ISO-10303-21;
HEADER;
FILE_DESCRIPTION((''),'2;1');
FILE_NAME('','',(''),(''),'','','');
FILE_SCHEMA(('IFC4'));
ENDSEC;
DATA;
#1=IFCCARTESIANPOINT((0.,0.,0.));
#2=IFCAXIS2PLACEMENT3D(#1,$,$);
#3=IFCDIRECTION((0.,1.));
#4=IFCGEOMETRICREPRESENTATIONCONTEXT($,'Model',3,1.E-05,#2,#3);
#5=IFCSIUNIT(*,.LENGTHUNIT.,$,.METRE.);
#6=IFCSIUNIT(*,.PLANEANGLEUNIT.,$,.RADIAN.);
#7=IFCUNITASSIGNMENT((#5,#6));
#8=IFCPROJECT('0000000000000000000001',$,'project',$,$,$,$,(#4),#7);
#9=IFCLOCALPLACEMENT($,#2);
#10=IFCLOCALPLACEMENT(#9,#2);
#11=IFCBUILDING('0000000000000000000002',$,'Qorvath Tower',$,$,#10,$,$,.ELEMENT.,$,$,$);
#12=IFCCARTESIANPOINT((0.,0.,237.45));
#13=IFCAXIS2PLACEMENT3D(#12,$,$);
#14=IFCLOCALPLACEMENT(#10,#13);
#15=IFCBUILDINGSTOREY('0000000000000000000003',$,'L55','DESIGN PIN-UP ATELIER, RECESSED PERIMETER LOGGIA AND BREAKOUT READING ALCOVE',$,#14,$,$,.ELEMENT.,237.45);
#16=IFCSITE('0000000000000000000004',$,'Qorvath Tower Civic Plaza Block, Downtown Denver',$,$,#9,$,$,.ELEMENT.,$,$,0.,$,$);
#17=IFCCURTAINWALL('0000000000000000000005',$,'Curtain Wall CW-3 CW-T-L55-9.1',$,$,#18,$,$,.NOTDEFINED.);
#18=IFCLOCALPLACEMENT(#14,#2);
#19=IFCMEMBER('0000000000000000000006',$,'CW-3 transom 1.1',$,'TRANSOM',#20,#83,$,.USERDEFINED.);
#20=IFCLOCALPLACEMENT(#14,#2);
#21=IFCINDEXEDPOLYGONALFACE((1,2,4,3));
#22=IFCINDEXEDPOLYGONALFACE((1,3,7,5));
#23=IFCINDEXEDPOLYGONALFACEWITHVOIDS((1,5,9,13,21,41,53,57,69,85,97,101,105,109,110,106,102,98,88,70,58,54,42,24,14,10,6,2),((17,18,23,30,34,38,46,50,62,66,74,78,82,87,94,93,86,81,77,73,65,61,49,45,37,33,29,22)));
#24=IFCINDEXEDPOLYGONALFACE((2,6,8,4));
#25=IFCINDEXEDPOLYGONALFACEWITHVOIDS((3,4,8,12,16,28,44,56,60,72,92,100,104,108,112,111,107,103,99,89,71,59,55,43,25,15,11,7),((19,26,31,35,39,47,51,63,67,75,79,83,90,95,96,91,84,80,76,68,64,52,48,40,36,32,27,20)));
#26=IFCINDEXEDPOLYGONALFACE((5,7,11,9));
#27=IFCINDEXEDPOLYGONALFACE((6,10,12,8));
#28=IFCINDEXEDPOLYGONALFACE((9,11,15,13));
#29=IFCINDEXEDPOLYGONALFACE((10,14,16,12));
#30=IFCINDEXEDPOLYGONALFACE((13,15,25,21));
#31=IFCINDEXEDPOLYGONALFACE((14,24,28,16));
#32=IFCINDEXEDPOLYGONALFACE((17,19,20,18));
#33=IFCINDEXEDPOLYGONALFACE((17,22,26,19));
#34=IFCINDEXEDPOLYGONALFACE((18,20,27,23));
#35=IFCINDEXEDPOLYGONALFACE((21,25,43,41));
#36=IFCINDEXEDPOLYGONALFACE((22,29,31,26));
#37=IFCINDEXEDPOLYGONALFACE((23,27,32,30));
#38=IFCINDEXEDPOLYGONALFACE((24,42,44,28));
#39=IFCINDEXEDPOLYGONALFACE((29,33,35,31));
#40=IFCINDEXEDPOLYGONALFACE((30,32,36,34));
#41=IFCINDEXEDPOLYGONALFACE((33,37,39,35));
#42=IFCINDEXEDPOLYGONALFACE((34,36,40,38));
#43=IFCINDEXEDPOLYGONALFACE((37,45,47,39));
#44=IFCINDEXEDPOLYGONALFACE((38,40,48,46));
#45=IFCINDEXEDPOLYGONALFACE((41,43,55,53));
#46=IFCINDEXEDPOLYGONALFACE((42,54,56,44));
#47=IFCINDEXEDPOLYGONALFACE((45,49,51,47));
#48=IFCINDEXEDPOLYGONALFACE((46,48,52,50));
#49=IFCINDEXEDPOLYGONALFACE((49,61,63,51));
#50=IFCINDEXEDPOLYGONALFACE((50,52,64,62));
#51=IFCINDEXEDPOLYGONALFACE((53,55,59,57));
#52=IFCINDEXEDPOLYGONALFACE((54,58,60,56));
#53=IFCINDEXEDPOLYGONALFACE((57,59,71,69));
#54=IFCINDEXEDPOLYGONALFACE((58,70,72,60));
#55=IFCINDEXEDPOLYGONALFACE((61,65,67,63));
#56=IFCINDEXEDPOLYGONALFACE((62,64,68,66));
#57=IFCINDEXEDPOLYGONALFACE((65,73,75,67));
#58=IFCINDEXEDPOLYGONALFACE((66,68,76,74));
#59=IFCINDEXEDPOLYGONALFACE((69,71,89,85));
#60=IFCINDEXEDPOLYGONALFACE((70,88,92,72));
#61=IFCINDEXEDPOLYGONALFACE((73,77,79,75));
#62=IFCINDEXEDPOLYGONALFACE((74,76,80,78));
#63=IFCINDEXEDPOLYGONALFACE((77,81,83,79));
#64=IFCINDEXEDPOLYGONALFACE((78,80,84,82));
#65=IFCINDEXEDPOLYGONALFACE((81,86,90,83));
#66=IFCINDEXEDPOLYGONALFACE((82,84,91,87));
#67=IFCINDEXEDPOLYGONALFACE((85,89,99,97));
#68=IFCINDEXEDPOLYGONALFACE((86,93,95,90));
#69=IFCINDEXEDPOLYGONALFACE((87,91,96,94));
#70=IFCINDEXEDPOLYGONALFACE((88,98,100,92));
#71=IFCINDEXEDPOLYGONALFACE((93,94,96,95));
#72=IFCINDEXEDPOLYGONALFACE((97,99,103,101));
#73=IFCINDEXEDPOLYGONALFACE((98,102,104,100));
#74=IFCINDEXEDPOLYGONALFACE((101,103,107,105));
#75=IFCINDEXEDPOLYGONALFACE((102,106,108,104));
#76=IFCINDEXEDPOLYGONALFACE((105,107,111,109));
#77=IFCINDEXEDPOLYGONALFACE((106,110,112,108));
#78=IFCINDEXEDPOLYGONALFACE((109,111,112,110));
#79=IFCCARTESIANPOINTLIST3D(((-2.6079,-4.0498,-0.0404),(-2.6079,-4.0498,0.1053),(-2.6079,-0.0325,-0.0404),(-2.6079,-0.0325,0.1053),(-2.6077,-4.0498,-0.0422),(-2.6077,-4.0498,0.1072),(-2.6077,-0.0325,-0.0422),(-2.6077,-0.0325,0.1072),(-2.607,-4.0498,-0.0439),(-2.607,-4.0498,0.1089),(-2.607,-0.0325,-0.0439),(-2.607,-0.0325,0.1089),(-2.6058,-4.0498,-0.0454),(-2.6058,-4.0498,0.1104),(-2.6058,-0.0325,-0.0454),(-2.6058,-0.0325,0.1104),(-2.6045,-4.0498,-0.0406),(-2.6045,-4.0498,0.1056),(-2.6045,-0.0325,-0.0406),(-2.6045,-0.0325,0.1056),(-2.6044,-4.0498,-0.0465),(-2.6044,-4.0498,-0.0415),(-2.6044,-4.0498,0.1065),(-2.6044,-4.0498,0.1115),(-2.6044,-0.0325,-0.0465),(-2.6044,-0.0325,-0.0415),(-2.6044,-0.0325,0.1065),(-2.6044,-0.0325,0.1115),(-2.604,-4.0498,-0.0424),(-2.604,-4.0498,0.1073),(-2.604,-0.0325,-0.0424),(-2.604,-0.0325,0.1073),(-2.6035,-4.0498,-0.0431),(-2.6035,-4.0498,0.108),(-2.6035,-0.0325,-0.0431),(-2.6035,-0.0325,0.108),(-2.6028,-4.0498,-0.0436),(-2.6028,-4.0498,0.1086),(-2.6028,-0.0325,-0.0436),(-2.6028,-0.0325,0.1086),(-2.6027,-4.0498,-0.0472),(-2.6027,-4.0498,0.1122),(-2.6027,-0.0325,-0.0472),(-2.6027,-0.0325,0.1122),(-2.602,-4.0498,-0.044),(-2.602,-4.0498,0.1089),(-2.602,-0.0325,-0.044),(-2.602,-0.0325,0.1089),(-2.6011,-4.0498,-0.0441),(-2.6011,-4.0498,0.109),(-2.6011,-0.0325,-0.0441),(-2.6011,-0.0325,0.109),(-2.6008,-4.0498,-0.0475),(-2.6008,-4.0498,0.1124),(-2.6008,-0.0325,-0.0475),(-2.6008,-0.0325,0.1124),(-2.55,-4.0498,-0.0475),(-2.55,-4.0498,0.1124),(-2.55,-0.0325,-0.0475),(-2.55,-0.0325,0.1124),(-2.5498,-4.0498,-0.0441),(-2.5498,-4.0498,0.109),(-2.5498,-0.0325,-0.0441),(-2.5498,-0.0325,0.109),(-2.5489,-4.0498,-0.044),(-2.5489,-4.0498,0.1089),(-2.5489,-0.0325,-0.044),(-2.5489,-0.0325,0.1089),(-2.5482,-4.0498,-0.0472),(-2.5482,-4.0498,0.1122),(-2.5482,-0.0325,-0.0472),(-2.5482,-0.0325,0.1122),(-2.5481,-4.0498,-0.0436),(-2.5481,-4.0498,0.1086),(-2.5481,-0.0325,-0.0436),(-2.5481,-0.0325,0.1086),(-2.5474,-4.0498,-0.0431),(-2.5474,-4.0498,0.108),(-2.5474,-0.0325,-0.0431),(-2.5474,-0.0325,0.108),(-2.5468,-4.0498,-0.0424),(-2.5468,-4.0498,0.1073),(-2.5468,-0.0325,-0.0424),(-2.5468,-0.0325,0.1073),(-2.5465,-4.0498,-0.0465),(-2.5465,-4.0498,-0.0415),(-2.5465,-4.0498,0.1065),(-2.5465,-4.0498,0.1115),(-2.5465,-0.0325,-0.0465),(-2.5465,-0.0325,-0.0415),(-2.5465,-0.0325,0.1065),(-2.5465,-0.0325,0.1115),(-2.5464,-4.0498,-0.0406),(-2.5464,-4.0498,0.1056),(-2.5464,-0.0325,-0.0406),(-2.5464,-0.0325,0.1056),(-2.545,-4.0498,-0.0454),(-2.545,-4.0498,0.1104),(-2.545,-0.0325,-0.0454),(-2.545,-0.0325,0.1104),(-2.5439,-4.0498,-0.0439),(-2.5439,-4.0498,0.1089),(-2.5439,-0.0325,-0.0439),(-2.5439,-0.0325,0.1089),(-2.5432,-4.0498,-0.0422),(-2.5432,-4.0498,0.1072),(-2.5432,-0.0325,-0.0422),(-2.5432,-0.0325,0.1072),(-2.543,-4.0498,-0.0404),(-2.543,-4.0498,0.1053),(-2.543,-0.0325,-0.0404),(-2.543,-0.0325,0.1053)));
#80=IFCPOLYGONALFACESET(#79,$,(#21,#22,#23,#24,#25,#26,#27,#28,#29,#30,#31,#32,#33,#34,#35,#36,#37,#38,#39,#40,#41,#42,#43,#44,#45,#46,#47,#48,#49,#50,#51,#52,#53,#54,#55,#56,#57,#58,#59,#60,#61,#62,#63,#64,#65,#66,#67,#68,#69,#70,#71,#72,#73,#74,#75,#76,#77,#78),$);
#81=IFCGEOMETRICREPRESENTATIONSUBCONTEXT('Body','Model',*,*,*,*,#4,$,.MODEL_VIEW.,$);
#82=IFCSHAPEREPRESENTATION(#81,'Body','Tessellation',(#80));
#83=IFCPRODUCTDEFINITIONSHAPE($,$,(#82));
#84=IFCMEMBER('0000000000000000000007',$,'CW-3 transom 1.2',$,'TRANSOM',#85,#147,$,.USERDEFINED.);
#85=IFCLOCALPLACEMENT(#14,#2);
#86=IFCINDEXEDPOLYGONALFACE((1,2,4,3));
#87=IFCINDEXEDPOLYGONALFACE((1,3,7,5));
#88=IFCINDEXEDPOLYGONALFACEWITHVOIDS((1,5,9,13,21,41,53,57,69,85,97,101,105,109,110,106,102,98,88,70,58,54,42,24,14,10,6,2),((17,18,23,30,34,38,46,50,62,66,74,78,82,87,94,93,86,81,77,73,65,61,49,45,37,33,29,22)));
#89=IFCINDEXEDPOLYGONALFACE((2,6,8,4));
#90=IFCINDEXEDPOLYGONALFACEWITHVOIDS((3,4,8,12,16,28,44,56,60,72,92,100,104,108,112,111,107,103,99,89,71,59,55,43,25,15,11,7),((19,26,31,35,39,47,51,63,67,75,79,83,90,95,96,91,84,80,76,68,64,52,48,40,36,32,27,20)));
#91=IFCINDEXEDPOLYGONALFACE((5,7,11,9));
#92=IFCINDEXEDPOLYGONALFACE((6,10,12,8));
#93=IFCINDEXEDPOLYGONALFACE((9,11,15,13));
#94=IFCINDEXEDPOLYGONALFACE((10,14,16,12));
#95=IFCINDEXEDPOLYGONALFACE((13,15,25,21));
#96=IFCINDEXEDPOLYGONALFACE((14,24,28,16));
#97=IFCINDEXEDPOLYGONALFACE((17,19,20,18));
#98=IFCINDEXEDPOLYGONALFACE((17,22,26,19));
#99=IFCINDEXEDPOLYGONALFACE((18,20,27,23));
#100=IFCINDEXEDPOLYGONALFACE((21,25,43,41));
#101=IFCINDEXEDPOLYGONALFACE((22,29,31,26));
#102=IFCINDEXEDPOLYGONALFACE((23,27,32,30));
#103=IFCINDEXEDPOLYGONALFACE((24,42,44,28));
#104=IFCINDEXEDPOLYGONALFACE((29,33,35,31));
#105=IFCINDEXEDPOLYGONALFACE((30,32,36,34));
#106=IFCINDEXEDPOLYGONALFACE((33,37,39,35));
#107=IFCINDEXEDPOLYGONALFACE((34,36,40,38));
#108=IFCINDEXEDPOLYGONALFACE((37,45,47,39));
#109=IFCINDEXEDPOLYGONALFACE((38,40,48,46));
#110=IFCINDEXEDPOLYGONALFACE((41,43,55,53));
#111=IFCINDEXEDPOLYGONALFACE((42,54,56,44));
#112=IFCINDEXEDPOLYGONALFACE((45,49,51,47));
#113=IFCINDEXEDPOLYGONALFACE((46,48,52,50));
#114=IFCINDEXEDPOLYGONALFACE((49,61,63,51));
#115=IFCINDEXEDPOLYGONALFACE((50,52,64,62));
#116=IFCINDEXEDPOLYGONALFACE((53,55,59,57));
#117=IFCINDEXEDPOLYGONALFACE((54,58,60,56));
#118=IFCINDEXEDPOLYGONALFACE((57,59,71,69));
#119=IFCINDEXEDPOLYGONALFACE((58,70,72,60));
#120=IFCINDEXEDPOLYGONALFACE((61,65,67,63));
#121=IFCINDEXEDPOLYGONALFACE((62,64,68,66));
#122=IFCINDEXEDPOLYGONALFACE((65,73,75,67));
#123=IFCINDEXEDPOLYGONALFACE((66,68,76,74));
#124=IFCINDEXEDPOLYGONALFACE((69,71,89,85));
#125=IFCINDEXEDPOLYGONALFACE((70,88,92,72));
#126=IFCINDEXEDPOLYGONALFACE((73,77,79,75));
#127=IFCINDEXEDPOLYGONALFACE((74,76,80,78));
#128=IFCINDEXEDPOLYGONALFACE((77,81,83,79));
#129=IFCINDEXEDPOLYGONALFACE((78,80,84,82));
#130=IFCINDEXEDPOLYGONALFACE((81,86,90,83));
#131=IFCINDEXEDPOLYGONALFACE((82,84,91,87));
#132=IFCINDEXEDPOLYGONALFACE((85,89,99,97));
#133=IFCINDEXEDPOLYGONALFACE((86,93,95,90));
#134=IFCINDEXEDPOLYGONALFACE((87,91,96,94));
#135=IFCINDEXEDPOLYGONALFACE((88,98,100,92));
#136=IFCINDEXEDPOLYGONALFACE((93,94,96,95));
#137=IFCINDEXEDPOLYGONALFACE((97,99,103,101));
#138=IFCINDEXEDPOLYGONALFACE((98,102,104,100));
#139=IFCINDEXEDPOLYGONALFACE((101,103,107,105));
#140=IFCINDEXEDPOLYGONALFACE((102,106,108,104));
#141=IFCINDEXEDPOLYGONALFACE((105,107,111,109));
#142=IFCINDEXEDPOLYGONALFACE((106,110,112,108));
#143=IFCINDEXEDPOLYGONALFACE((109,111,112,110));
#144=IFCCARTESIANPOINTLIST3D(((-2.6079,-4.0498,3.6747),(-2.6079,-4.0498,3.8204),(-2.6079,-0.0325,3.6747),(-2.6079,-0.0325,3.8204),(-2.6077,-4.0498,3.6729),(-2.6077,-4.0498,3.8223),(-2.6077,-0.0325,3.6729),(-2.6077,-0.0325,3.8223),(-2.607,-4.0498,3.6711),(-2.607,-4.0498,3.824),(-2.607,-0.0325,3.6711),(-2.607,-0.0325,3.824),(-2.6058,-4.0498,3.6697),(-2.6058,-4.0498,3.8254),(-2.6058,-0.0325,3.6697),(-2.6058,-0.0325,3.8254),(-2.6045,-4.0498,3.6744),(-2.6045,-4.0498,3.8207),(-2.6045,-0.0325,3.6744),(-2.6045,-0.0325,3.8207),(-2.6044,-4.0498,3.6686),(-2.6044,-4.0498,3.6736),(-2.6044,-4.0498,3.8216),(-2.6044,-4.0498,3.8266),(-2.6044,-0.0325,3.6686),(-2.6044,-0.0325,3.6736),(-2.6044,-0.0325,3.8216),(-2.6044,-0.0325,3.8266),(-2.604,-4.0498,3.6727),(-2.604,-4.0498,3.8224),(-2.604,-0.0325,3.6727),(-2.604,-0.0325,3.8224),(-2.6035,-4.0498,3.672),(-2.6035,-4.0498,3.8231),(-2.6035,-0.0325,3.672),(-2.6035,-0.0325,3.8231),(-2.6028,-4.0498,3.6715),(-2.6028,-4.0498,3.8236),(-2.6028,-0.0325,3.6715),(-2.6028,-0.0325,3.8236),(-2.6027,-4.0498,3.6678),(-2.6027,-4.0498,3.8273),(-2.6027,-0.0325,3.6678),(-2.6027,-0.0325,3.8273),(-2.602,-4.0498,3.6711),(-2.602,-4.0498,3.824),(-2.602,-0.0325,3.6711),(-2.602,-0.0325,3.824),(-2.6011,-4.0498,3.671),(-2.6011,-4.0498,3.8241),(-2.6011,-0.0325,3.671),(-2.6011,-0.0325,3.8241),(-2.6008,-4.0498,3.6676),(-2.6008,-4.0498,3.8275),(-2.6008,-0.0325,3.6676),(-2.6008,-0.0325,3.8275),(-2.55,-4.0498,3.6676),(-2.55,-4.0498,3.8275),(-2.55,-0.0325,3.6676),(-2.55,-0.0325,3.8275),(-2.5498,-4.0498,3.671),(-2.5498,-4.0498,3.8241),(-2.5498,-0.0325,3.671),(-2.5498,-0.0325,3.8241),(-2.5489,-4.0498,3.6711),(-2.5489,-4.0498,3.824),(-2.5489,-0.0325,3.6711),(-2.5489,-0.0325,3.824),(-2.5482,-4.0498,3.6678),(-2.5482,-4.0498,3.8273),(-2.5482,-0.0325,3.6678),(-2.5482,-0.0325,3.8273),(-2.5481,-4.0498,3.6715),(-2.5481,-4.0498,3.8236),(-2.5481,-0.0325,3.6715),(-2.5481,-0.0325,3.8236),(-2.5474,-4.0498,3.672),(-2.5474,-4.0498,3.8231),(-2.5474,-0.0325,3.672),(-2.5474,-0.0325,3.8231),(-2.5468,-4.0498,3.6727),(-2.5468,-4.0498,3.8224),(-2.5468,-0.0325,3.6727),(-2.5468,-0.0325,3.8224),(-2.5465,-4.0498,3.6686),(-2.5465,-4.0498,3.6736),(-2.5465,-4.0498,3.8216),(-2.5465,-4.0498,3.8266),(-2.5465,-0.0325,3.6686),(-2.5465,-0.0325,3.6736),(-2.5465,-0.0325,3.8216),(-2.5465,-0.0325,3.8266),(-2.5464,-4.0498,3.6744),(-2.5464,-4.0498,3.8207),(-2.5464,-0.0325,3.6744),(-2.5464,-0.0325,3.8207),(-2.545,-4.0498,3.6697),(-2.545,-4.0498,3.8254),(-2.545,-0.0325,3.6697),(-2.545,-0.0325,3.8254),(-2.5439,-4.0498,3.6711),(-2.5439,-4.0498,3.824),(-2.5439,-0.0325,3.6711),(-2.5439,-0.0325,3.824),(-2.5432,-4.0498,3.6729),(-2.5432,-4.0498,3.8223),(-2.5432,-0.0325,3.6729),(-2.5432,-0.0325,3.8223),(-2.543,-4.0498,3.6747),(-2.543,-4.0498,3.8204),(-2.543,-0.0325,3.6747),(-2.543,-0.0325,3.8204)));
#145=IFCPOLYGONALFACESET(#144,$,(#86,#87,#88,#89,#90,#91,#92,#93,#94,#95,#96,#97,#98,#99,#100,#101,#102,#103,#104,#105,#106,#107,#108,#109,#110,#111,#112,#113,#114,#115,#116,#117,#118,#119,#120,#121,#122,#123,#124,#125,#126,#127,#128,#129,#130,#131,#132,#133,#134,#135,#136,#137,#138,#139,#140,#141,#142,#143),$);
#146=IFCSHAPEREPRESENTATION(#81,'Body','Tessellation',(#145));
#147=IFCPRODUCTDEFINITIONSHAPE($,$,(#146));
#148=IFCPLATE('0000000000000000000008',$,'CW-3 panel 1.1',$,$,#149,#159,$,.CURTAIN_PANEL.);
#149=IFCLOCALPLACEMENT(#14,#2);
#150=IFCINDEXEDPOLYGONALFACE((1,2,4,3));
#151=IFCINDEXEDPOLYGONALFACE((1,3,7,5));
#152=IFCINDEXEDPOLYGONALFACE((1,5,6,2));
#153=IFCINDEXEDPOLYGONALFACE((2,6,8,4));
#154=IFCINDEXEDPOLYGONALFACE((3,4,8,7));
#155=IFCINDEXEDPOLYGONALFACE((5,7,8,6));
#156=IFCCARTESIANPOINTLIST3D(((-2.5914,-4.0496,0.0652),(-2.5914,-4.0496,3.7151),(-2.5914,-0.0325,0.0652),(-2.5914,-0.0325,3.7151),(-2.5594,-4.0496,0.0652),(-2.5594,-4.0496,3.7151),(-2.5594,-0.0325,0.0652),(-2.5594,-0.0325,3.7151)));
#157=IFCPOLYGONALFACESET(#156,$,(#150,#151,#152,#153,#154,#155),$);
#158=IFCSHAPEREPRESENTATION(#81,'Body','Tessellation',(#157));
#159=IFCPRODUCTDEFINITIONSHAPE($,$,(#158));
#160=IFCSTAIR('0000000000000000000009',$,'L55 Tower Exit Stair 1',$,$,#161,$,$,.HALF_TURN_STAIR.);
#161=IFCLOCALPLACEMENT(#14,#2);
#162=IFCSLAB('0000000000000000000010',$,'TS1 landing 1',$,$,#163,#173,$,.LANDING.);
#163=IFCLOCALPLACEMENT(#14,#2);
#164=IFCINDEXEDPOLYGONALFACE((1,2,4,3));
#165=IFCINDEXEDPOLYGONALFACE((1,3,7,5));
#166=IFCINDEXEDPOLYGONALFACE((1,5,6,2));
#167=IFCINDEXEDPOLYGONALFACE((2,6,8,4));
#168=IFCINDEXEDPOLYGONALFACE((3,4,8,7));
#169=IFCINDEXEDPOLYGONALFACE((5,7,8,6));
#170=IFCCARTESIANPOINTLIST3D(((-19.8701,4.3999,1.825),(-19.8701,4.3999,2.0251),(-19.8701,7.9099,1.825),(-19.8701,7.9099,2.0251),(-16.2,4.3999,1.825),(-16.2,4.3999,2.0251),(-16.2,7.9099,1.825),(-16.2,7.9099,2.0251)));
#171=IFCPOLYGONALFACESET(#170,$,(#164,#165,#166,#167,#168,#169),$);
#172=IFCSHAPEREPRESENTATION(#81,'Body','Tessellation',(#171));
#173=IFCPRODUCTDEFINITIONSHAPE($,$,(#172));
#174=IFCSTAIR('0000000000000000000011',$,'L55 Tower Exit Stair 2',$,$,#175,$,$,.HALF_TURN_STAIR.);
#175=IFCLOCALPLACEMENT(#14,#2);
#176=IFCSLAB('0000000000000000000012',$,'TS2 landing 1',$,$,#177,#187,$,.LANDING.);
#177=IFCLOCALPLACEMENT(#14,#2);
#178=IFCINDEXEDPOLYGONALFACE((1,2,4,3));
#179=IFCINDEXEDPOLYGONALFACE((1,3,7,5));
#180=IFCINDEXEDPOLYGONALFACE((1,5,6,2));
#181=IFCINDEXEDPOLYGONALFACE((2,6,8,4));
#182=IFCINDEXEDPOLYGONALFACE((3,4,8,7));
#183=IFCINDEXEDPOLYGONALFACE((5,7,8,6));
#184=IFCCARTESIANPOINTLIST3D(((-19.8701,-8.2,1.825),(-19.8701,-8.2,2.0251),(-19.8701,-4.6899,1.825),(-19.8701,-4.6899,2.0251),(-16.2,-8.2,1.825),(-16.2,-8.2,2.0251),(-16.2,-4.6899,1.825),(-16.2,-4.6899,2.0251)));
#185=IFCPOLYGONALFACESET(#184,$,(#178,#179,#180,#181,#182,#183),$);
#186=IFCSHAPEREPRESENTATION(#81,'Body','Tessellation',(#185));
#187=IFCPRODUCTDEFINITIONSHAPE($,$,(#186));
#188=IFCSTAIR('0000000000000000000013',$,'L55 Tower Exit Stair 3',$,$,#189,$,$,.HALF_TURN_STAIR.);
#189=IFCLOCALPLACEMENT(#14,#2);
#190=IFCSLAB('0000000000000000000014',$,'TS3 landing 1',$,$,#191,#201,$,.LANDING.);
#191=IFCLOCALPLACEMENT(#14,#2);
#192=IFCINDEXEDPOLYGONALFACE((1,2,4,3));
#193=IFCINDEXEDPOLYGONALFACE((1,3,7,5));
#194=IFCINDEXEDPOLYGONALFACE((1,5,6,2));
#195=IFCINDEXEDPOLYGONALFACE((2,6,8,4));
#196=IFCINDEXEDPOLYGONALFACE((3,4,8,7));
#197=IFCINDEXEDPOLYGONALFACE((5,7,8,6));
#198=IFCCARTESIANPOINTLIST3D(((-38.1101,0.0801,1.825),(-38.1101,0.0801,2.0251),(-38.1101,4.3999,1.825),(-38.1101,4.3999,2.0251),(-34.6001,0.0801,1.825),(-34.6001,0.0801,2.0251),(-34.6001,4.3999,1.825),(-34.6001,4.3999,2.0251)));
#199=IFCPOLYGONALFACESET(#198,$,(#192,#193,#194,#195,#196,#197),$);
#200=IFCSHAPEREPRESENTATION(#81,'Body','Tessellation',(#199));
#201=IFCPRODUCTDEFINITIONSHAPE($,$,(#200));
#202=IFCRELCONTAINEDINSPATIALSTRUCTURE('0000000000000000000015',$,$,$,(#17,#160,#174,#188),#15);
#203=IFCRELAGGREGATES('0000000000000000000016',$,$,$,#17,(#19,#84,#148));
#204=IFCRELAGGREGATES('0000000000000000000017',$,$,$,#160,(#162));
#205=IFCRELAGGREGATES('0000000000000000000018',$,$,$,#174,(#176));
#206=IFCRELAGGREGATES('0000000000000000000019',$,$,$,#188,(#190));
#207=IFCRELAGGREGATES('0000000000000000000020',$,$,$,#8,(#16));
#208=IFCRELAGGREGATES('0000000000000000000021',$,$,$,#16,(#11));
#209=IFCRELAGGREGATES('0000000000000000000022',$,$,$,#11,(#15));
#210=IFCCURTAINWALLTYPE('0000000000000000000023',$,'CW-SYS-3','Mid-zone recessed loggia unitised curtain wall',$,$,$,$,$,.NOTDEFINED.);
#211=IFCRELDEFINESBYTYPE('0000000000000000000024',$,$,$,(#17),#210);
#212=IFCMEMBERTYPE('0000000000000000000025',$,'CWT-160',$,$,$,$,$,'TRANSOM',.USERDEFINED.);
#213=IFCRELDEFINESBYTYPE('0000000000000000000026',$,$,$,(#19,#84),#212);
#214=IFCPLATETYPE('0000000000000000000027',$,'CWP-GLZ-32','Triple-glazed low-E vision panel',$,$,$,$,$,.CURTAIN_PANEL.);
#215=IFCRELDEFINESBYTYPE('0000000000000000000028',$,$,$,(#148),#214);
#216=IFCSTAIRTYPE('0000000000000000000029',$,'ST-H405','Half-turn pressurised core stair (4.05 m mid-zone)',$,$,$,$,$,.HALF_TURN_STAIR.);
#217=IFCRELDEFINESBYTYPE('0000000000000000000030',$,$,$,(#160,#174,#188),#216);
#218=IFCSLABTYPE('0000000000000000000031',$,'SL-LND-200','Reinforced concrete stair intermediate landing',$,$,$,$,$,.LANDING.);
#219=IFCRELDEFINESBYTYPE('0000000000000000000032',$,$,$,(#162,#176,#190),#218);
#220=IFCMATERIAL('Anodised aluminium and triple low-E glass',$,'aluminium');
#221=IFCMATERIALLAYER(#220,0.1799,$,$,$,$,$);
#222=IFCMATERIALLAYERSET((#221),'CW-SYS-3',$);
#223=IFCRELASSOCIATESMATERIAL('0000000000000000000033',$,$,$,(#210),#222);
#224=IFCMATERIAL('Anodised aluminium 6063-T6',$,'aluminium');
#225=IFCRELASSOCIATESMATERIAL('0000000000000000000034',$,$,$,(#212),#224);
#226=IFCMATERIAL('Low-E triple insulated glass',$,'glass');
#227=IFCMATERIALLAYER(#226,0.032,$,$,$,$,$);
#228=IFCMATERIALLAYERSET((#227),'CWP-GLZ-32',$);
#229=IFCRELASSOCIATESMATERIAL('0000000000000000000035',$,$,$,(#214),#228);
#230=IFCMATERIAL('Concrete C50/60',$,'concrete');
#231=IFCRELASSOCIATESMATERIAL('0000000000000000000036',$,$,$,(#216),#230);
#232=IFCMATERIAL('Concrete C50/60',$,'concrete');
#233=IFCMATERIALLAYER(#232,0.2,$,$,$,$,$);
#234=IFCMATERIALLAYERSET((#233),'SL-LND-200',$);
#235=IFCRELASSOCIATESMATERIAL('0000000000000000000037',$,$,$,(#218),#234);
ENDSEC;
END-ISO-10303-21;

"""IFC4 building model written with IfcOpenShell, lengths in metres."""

from ifc_helpers import new_model, si_unit, direction, frame, origin, origin_2d, place, context, subcontext, project, spatial, polyline, rectangle, hollow_rectangle, outline, extrude, material, layer, layer_set, material_profile, profile_set, type_object, element, aggregate, save


model = new_model("IFC4")

# Units and contexts
model_context = context("Model", 3, precision=1e-05, world=origin(), true_north=direction((0.0, 1.0)))
body_context = subcontext(model_context, "Body", "Model", "MODEL_VIEW")
ifc_project = project(units=[si_unit("LENGTHUNIT", "METRE"), si_unit("PLANEANGLEUNIT", "RADIAN")], contexts=[model_context])

# Site, building, storey
site_placement = place(None, origin())
site = spatial("IfcSite", under=ifc_project, at=site_placement, Name="Qorvath Tower Civic Plaza Block, Downtown Denver", CompositionType="ELEMENT", RefElevation=0.0)
building_placement = place(site_placement, origin())
building = spatial("IfcBuilding", under=site, at=building_placement, Name="Qorvath Tower", CompositionType="ELEMENT")
storey_placement = place(building_placement, frame((0.0, 0.0, 237.45)))
storey = spatial("IfcBuildingStorey", under=building, at=storey_placement, Name="L55", Description="DESIGN PIN-UP ATELIER, RECESSED PERIMETER LOGGIA AND BREAKOUT READING ALCOVE", CompositionType="ELEMENT", Elevation=237.45)

# Curtain wall, members, plate
ifc_material_1 = material(Name="Anodised aluminium and triple low-E glass", Category="aluminium")
ifc_layer_1 = layer(ifc_material_1, 0.1799)
ifc_layer_set_1 = layer_set([ifc_layer_1], Name="CW-SYS-3")
curtain_wall_type = type_object("IfcCurtainWallType", Name="CW-SYS-3", Description="Mid-zone recessed loggia unitised curtain wall", PredefinedType="NOTDEFINED", material=ifc_layer_set_1)
curtain_wall_placement = place(storey_placement, origin())
curtain_wall = element("IfcCurtainWall", 1, at=curtain_wall_placement, inside=storey, type_object=curtain_wall_type, Name="Curtain Wall CW-3 CW-T-L55-9.1", PredefinedType="NOTDEFINED")
ifc_material_2 = material(Name="Anodised aluminium 6063-T6", Category="aluminium")
ifc_material_profile_1 = material_profile(ifc_material_2, hollow_rectangle(XDim=0.0649, YDim=0.1599, WallThickness=0.0034, InnerFilletRadius=0.0034, OuterFilletRadius=0.0071, at=origin_2d()), Name="CWT 160x65")
ifc_profile_set_1 = profile_set([ifc_material_profile_1], Name="Anodised aluminium 6063-T6")
member_type_1 = type_object("IfcMemberType", Name="CWT-160", ElementType="TRANSOM", PredefinedType="USERDEFINED", material=ifc_profile_set_1)
member_1_placement = place(storey_placement, frame((-2.5754, -4.0498, 0.0325), z_axis=(0.0, 1.0, 0.0), x_axis=(-1.0, 0.0, 0.0)))
member_1 = element("IfcMember", 2, at=member_1_placement, type_object=member_type_1, Name="CW-3 transom 1.1", ObjectType="TRANSOM", PredefinedType="USERDEFINED", context=body_context, shape_type="SweptSolid", body=[
    extrude(hollow_rectangle(XDim=0.0649, YDim=0.1599, WallThickness=0.0034, InnerFilletRadius=0.0034, OuterFilletRadius=0.0071, at=origin_2d()), origin(), (0.0, 0.0, 1.0), 4.0173),
])
member_2_placement = place(storey_placement, frame((-2.5754, -4.0498, 3.7476), z_axis=(0.0, 1.0, 0.0), x_axis=(-1.0, 0.0, 0.0)))
member_2 = element("IfcMember", 3, at=member_2_placement, type_object=member_type_1, Name="CW-3 transom 1.2", ObjectType="TRANSOM", PredefinedType="USERDEFINED", context=body_context, shape_type="SweptSolid", body=[
    extrude(hollow_rectangle(XDim=0.0649, YDim=0.1599, WallThickness=0.0034, InnerFilletRadius=0.0034, OuterFilletRadius=0.0071, at=origin_2d()), origin(), (0.0, 0.0, 1.0), 4.0173),
])
ifc_material_3 = material(Name="Low-E triple insulated glass", Category="glass")
ifc_layer_2 = layer(ifc_material_3, 0.032)
ifc_layer_set_2 = layer_set([ifc_layer_2], Name="CWP-GLZ-32")
plate_type = type_object("IfcPlateType", Name="CWP-GLZ-32", Description="Triple-glazed low-E vision panel", PredefinedType="CURTAIN_PANEL", material=ifc_layer_set_2)
plate_placement = place(storey_placement, frame((-2.5754, -2.041, 0.0652), z_axis=(0.0, 0.0, 1.0), x_axis=(0.0, 1.0, 0.0)))
plate = element("IfcPlate", 4, at=plate_placement, type_object=plate_type, Name="CW-3 panel 1.1", PredefinedType="CURTAIN_PANEL", context=body_context, shape_type="SweptSolid", body=[
    extrude(rectangle(XDim=4.0171, YDim=0.032, at=origin_2d()), origin(), (0.0, 0.0, 1.0), 3.6499),
])
aggregate(curtain_wall, [member_1, member_2, plate])

# Stairs, slabs
ifc_material_4 = material(Name="Concrete C50/60", Category="concrete")
stair_type = type_object("IfcStairType", Name="ST-H405", Description="Half-turn pressurised core stair (4.05 m mid-zone)", PredefinedType="HALF_TURN_STAIR", material=ifc_material_4)
stair_1_placement = place(storey_placement, origin())
stair_1 = element("IfcStair", 5, at=stair_1_placement, inside=storey, type_object=stair_type, Name="L55 Tower Exit Stair 1", PredefinedType="HALF_TURN_STAIR")
ifc_material_5 = material(Name="Concrete C50/60", Category="concrete")
ifc_layer_3 = layer(ifc_material_5, 0.2)
ifc_layer_set_3 = layer_set([ifc_layer_3], Name="SL-LND-200")
slab_type_1 = type_object("IfcSlabType", Name="SL-LND-200", Description="Reinforced concrete stair intermediate landing", PredefinedType="LANDING", material=ifc_layer_set_3)
slab_1_placement = place(storey_placement, frame((0.0, 0.0, 1.825)))
slab_1 = element("IfcSlab", 6, at=slab_1_placement, type_object=slab_type_1, Name="TS1 landing 1", PredefinedType="LANDING", context=body_context, shape_type="SweptSolid", body=[
    extrude(outline(polyline([(-19.8701, 4.3999), (-16.2, 4.3999), (-16.2, 7.9099), (-19.8701, 7.9099), (-19.8701, 4.3999)])), origin(), (0.0, 0.0, 1.0), 0.2002),
])
aggregate(stair_1, [slab_1])
stair_2_placement = place(storey_placement, origin())
stair_2 = element("IfcStair", 7, at=stair_2_placement, inside=storey, type_object=stair_type, Name="L55 Tower Exit Stair 2", PredefinedType="HALF_TURN_STAIR")
slab_2_placement = place(storey_placement, frame((0.0, 0.0, 1.825)))
slab_2 = element("IfcSlab", 8, at=slab_2_placement, type_object=slab_type_1, Name="TS2 landing 1", PredefinedType="LANDING", context=body_context, shape_type="SweptSolid", body=[
    extrude(outline(polyline([(-19.8701, -8.2), (-16.2, -8.2), (-16.2, -4.6899), (-19.8701, -4.6899), (-19.8701, -8.2)])), origin(), (0.0, 0.0, 1.0), 0.2002),
])
aggregate(stair_2, [slab_2])
stair_3_placement = place(storey_placement, origin())
stair_3 = element("IfcStair", 9, at=stair_3_placement, inside=storey, type_object=stair_type, Name="L55 Tower Exit Stair 3", PredefinedType="HALF_TURN_STAIR")
slab_3_placement = place(storey_placement, frame((0.0, 0.0, 1.825)))
slab_3 = element("IfcSlab", 10, at=slab_3_placement, type_object=slab_type_1, Name="TS3 landing 1", PredefinedType="LANDING", context=body_context, shape_type="SweptSolid", body=[
    extrude(outline(polyline([(-34.6001, 0.0801), (-34.6001, 4.3999), (-38.1101, 4.3999), (-38.1101, 0.0801), (-34.6001, 0.0801)])), origin(), (0.0, 0.0, 1.0), 0.2002),
])
aggregate(stair_3, [slab_3])

save(model, "model.ifc")
